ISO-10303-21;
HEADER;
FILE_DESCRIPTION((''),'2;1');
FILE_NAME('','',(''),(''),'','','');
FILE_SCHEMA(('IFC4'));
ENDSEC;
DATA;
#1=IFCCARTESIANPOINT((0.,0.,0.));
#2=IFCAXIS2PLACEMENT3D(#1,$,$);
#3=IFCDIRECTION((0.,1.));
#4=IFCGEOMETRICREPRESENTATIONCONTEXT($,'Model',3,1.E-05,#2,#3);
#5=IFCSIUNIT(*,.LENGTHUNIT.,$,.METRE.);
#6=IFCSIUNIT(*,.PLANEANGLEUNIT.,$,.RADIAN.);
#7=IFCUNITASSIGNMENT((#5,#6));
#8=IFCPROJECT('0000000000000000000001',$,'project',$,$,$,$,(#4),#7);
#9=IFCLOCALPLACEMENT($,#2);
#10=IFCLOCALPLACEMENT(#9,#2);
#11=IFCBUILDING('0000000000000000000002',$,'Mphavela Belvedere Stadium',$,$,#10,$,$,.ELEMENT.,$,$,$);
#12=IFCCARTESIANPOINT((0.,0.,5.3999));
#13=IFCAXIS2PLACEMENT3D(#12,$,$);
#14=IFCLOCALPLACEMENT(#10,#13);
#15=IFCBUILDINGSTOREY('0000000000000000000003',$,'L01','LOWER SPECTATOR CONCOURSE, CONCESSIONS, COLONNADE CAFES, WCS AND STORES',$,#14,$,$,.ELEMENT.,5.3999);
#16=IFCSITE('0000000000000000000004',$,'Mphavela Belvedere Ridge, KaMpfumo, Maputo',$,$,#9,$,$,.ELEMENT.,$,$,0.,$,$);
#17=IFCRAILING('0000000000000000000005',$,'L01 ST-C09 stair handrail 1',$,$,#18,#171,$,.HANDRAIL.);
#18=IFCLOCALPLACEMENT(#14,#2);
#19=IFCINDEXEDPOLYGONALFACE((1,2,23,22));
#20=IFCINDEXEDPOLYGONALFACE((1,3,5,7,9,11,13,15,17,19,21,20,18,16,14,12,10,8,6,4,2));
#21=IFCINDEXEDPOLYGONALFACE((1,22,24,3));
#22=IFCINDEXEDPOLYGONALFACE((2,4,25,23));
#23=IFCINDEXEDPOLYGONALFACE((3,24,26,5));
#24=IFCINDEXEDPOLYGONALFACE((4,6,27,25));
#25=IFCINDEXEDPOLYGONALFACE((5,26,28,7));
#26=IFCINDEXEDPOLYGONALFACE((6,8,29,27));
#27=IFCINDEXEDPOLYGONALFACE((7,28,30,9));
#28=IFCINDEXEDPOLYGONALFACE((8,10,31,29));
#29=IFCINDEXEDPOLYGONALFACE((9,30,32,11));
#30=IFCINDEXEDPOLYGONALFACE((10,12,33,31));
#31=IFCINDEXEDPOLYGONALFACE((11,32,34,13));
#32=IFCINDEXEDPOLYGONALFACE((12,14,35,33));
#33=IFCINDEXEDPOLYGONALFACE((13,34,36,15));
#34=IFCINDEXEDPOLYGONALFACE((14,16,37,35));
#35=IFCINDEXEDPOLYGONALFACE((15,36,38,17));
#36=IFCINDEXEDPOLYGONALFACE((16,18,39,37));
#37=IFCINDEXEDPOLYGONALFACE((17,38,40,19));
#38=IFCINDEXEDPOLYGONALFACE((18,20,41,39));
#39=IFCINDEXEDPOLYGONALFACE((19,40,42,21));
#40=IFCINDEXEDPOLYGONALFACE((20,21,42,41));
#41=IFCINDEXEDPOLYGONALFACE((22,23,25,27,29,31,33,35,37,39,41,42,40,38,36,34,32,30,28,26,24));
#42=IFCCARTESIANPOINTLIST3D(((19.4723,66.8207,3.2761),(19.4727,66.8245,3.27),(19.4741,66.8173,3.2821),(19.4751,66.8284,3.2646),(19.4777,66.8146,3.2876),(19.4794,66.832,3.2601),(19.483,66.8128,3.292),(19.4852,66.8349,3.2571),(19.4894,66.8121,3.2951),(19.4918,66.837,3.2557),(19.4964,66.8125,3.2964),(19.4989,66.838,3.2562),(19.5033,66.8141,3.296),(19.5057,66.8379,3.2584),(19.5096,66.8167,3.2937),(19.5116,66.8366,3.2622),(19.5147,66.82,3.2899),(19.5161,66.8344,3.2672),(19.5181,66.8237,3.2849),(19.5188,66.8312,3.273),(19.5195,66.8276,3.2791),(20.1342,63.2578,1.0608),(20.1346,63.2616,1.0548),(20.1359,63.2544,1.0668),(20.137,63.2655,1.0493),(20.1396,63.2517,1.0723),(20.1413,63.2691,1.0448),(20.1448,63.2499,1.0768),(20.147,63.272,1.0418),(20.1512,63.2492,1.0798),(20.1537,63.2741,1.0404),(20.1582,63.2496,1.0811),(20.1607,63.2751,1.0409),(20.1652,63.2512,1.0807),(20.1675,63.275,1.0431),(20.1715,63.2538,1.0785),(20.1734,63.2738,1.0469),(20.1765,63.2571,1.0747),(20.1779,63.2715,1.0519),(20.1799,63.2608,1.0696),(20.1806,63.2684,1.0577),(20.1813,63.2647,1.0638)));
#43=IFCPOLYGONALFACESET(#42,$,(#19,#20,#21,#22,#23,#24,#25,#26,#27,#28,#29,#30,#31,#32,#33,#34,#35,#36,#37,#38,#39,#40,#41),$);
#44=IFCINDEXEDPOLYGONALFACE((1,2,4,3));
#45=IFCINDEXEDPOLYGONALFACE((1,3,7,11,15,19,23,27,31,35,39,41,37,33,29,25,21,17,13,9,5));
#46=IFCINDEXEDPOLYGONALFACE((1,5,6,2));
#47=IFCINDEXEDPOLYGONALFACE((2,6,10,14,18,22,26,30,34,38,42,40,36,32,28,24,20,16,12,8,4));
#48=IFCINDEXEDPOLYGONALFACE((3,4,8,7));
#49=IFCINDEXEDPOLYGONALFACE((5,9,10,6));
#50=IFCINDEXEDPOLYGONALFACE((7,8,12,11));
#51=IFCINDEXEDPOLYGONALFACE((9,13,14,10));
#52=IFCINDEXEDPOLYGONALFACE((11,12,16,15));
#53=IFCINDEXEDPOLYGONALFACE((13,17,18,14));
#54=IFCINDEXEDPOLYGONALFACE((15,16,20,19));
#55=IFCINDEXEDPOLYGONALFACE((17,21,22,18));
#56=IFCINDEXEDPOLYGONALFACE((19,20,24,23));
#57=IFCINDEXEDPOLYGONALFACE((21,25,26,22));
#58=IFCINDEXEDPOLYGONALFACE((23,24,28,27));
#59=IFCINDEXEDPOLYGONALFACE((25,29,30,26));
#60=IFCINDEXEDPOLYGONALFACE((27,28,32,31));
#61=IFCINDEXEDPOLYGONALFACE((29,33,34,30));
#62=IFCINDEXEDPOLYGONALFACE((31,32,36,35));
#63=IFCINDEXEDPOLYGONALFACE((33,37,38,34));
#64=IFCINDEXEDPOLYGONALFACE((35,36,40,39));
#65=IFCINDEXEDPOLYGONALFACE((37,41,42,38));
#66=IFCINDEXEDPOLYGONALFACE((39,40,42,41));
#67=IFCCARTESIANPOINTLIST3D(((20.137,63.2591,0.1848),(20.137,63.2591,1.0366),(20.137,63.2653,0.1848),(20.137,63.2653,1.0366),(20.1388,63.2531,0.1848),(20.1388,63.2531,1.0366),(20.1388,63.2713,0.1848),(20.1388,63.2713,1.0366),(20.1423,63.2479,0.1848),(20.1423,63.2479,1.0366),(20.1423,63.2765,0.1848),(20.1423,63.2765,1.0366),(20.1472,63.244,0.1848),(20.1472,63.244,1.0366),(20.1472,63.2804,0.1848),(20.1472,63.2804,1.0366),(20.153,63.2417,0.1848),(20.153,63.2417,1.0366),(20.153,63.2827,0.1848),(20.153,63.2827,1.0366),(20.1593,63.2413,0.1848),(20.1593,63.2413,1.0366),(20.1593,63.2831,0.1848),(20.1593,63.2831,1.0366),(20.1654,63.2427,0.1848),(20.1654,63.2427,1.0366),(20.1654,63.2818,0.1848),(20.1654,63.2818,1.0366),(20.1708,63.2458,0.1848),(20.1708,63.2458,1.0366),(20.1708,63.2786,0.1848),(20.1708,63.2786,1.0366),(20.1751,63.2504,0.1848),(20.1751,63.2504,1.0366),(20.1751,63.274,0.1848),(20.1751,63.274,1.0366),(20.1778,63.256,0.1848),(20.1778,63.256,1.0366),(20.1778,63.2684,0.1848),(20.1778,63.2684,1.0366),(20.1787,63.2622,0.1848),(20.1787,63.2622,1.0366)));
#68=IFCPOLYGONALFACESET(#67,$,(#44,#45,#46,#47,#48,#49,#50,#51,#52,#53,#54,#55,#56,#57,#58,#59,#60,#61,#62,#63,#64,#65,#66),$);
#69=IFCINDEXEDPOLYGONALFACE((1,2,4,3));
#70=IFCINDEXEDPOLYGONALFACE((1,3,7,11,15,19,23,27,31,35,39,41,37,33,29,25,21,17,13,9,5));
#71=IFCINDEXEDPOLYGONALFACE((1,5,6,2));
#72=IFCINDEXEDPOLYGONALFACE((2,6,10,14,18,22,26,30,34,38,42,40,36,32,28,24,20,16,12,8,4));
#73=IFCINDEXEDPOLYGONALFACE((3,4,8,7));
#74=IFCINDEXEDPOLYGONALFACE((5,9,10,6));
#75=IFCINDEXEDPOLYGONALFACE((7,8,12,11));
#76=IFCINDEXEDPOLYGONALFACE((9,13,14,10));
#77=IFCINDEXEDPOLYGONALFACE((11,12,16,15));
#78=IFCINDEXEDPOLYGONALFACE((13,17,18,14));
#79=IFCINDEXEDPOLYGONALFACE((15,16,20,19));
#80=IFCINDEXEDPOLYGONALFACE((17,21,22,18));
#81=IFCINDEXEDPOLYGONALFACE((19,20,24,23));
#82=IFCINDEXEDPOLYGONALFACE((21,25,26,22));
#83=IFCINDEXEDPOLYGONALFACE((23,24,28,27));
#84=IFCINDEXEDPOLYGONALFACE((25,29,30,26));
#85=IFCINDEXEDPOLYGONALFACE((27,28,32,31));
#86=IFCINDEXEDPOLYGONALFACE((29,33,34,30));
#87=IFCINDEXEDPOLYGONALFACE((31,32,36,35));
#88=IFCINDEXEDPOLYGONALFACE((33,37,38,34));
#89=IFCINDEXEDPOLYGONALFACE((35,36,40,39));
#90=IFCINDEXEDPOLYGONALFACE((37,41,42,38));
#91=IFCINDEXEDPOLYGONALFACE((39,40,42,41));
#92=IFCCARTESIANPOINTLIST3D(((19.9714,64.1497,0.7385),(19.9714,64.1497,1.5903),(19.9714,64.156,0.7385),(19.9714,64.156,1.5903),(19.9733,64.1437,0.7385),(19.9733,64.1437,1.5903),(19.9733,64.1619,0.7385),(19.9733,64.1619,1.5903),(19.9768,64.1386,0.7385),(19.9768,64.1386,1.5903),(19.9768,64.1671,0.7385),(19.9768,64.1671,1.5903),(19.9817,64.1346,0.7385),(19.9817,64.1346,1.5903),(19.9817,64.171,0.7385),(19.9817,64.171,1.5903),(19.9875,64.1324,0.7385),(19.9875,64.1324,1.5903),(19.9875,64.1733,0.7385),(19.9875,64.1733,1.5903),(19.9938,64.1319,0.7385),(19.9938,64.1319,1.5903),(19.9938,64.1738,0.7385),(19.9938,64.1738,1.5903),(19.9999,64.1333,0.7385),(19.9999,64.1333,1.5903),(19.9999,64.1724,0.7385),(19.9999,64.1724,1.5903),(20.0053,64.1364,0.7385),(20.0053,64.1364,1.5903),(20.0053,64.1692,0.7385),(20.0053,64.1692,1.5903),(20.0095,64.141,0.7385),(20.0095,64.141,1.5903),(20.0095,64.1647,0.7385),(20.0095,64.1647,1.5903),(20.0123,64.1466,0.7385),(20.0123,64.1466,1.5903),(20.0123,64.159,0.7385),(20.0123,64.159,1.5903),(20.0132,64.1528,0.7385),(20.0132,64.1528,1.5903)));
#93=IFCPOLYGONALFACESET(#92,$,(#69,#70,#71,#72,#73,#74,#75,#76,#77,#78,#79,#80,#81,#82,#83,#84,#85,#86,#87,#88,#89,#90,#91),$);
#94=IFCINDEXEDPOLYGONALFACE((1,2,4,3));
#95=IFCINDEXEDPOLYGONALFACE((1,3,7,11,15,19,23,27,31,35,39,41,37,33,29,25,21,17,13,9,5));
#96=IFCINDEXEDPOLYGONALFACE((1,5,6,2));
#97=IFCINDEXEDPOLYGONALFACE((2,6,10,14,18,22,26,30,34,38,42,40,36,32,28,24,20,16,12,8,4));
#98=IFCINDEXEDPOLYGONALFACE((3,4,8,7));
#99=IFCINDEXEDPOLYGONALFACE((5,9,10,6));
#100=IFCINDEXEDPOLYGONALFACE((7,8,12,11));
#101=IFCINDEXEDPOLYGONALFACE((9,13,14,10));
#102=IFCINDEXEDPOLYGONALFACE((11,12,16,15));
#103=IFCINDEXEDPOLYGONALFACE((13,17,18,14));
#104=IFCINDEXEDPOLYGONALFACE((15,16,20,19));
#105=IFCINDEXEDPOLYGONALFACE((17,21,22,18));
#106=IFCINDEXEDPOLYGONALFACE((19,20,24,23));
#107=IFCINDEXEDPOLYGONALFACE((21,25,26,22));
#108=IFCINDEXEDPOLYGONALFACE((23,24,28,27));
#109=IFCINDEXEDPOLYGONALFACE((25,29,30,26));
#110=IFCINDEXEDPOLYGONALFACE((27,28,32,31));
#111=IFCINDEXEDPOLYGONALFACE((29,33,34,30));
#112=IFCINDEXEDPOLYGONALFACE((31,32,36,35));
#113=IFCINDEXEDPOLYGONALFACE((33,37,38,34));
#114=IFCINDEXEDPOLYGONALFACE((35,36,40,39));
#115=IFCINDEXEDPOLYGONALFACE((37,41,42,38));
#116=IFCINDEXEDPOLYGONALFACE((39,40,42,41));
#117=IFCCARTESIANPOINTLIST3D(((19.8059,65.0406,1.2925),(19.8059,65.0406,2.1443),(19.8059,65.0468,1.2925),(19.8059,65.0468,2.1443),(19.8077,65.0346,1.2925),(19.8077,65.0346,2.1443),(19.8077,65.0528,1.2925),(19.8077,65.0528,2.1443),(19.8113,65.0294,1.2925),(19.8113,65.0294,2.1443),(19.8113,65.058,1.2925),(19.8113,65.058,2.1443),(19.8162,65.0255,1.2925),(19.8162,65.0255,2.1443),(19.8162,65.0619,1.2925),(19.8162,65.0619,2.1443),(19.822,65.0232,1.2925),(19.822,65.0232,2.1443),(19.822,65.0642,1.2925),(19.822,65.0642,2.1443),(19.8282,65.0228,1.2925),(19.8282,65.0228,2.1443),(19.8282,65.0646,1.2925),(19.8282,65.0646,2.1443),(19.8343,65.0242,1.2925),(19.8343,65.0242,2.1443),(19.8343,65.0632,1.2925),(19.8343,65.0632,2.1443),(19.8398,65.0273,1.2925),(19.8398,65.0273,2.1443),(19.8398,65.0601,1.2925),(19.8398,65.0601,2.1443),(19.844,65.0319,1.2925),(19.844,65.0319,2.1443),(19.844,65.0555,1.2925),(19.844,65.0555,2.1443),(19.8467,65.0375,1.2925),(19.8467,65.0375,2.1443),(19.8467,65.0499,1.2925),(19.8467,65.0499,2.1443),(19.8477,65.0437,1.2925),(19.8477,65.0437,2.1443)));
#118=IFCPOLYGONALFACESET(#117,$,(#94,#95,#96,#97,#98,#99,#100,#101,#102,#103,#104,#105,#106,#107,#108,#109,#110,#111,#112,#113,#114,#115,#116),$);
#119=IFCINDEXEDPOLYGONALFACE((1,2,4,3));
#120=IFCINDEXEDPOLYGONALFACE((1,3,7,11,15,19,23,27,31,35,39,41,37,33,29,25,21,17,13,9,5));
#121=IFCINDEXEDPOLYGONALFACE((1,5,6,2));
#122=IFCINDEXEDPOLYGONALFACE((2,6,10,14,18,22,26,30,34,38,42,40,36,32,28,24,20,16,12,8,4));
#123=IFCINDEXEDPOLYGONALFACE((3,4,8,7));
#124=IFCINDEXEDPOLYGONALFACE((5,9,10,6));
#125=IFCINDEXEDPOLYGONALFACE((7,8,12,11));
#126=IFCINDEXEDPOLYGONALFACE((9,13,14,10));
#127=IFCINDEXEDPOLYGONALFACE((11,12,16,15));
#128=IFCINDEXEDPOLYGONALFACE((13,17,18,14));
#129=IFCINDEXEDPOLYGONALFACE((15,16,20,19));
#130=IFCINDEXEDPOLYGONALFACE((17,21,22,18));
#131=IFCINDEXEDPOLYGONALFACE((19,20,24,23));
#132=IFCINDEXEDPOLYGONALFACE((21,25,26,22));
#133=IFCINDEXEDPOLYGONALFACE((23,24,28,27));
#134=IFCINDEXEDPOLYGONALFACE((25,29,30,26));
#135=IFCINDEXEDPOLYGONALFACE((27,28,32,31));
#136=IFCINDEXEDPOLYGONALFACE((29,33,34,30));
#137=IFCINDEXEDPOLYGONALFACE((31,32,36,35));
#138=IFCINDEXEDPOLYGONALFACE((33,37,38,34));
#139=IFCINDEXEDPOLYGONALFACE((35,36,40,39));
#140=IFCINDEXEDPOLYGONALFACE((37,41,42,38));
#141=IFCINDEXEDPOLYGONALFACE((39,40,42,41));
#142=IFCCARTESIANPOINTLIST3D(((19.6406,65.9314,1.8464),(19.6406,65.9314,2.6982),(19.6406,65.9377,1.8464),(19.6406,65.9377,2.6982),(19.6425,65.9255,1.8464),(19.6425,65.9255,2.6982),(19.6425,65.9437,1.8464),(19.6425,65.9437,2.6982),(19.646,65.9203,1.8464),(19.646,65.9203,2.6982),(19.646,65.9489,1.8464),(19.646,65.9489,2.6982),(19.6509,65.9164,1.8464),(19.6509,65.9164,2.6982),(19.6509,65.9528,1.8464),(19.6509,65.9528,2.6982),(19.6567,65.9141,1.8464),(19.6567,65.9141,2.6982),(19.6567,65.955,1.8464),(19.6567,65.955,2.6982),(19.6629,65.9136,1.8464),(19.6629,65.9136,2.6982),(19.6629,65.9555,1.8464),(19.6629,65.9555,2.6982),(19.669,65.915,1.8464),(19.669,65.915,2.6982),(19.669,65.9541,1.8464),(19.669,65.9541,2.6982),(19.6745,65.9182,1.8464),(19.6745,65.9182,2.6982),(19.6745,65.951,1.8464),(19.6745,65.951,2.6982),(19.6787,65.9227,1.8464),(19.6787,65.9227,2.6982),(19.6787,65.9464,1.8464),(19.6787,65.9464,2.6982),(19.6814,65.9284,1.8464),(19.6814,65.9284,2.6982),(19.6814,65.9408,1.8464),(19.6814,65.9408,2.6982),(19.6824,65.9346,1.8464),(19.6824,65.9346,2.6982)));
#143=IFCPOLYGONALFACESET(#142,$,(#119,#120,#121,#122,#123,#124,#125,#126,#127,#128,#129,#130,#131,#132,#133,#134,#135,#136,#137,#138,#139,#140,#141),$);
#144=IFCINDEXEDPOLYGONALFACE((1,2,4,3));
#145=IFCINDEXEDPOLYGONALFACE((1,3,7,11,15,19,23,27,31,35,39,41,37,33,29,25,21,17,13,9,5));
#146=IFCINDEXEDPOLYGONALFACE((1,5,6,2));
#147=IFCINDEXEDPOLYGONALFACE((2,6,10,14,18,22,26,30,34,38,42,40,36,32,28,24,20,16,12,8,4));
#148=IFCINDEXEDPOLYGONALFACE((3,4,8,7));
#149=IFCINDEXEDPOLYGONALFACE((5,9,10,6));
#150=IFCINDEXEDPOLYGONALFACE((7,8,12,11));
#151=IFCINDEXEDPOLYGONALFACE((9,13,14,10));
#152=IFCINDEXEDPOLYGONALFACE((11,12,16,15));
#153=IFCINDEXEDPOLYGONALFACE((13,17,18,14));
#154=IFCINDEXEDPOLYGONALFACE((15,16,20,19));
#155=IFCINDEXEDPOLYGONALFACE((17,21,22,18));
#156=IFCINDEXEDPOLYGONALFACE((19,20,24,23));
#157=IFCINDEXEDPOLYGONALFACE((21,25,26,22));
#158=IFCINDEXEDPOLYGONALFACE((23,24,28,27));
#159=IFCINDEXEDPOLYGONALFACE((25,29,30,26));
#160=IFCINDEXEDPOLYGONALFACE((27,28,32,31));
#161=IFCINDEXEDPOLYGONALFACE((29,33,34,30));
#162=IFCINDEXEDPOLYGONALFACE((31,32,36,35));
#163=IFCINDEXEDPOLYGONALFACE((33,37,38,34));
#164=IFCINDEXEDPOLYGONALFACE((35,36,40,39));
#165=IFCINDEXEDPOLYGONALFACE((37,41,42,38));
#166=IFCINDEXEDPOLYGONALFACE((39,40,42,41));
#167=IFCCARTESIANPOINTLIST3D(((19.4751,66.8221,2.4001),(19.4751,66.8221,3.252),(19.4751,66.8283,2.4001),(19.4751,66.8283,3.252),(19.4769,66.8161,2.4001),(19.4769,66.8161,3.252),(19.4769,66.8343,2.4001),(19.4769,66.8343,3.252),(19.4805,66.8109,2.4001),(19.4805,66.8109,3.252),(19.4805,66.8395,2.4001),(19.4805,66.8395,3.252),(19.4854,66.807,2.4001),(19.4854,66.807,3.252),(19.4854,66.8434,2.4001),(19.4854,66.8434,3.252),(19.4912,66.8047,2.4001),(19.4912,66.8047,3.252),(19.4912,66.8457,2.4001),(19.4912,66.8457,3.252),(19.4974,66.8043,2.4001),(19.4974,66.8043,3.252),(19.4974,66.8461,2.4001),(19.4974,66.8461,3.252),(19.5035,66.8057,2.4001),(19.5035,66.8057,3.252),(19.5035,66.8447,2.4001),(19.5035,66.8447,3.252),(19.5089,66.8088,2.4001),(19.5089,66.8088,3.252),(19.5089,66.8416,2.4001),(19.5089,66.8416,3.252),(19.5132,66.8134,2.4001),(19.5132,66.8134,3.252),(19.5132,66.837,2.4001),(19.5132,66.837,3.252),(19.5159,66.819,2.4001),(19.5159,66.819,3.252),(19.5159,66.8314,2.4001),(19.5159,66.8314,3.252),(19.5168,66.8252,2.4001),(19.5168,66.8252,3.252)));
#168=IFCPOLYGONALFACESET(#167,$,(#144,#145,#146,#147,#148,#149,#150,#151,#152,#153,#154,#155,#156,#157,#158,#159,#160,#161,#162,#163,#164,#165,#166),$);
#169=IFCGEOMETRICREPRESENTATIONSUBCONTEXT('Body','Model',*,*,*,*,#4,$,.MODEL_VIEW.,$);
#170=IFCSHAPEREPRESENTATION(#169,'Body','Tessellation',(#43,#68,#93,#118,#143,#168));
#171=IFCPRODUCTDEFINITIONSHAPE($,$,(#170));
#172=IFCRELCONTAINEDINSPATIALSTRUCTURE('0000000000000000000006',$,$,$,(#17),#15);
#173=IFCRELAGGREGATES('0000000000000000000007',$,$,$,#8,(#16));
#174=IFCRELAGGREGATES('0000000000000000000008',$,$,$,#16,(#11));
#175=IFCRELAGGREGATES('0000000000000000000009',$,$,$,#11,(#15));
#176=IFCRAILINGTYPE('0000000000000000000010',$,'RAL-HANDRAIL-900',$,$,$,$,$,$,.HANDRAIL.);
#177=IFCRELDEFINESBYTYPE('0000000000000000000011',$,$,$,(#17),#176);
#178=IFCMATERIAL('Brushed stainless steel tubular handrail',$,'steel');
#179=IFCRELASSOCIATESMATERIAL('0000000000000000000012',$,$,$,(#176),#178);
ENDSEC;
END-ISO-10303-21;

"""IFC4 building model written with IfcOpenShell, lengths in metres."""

from ifc_helpers import new_model, si_unit, direction, frame, origin, origin_2d, place, context, subcontext, project, spatial, circle, extrude, material, type_object, element, save


model = new_model("IFC4")

# Units and contexts
model_context = context("Model", 3, precision=1e-05, world=origin(), true_north=direction((0.0, 1.0)))
body_context = subcontext(model_context, "Body", "Model", "MODEL_VIEW")
ifc_project = project(units=[si_unit("LENGTHUNIT", "METRE"), si_unit("PLANEANGLEUNIT", "RADIAN")], contexts=[model_context])

# Site, building, storey
site_placement = place(None, origin())
site = spatial("IfcSite", under=ifc_project, at=site_placement, Name="Mphavela Belvedere Ridge, KaMpfumo, Maputo", CompositionType="ELEMENT", RefElevation=0.0)
building_placement = place(site_placement, origin())
building = spatial("IfcBuilding", under=site, at=building_placement, Name="Mphavela Belvedere Stadium", CompositionType="ELEMENT")
storey_placement = place(building_placement, frame((0.0, 0.0, 5.3999)))
storey = spatial("IfcBuildingStorey", under=building, at=storey_placement, Name="L01", Description="LOWER SPECTATOR CONCOURSE, CONCESSIONS, COLONNADE CAFES, WCS AND STORES", CompositionType="ELEMENT", Elevation=5.3999)

# Railing
ifc_material_1 = material(Name="Brushed stainless steel tubular handrail", Category="steel")
railing_type_1 = type_object("IfcRailingType", Name="RAL-HANDRAIL-900", PredefinedType="HANDRAIL", material=ifc_material_1)
railing_1_placement = place(storey_placement, frame((20.1577, 63.2622, 0.1848)))
element("IfcRailing", 1, at=railing_1_placement, inside=storey, type_object=railing_type_1, Name="L01 ST-C09 stair handrail 1", PredefinedType="HANDRAIL", context=body_context, shape_type="SweptSolid", body=[
    extrude(circle(Radius=0.0239, at=origin_2d()), frame((0.0, 0.0, 0.876), z_axis=(-0.155827, 0.838858, 0.52157), x_axis=(-0.98318, -0.182637, 0.0)), (0.0, 0.0, 1.0), 4.2473),
    extrude(circle(Radius=0.021, at=origin_2d()), origin(), (0.0, 0.0, 1.0), 0.8518),
    extrude(circle(Radius=0.021, at=origin_2d()), frame((-0.1655, 0.8906, 0.5537)), (0.0, 0.0, 1.0), 0.8518),
    extrude(circle(Radius=0.021, at=origin_2d()), frame((-0.3311, 1.7815, 1.1077)), (0.0, 0.0, 1.0), 0.8518),
    extrude(circle(Radius=0.021, at=origin_2d()), frame((-0.4963, 2.6724, 1.6616)), (0.0, 0.0, 1.0), 0.8518),
    extrude(circle(Radius=0.021, at=origin_2d()), frame((-0.6619, 3.563, 2.2153)), (0.0, 0.0, 1.0), 0.8518),
])

save(model, "model.ifc")
